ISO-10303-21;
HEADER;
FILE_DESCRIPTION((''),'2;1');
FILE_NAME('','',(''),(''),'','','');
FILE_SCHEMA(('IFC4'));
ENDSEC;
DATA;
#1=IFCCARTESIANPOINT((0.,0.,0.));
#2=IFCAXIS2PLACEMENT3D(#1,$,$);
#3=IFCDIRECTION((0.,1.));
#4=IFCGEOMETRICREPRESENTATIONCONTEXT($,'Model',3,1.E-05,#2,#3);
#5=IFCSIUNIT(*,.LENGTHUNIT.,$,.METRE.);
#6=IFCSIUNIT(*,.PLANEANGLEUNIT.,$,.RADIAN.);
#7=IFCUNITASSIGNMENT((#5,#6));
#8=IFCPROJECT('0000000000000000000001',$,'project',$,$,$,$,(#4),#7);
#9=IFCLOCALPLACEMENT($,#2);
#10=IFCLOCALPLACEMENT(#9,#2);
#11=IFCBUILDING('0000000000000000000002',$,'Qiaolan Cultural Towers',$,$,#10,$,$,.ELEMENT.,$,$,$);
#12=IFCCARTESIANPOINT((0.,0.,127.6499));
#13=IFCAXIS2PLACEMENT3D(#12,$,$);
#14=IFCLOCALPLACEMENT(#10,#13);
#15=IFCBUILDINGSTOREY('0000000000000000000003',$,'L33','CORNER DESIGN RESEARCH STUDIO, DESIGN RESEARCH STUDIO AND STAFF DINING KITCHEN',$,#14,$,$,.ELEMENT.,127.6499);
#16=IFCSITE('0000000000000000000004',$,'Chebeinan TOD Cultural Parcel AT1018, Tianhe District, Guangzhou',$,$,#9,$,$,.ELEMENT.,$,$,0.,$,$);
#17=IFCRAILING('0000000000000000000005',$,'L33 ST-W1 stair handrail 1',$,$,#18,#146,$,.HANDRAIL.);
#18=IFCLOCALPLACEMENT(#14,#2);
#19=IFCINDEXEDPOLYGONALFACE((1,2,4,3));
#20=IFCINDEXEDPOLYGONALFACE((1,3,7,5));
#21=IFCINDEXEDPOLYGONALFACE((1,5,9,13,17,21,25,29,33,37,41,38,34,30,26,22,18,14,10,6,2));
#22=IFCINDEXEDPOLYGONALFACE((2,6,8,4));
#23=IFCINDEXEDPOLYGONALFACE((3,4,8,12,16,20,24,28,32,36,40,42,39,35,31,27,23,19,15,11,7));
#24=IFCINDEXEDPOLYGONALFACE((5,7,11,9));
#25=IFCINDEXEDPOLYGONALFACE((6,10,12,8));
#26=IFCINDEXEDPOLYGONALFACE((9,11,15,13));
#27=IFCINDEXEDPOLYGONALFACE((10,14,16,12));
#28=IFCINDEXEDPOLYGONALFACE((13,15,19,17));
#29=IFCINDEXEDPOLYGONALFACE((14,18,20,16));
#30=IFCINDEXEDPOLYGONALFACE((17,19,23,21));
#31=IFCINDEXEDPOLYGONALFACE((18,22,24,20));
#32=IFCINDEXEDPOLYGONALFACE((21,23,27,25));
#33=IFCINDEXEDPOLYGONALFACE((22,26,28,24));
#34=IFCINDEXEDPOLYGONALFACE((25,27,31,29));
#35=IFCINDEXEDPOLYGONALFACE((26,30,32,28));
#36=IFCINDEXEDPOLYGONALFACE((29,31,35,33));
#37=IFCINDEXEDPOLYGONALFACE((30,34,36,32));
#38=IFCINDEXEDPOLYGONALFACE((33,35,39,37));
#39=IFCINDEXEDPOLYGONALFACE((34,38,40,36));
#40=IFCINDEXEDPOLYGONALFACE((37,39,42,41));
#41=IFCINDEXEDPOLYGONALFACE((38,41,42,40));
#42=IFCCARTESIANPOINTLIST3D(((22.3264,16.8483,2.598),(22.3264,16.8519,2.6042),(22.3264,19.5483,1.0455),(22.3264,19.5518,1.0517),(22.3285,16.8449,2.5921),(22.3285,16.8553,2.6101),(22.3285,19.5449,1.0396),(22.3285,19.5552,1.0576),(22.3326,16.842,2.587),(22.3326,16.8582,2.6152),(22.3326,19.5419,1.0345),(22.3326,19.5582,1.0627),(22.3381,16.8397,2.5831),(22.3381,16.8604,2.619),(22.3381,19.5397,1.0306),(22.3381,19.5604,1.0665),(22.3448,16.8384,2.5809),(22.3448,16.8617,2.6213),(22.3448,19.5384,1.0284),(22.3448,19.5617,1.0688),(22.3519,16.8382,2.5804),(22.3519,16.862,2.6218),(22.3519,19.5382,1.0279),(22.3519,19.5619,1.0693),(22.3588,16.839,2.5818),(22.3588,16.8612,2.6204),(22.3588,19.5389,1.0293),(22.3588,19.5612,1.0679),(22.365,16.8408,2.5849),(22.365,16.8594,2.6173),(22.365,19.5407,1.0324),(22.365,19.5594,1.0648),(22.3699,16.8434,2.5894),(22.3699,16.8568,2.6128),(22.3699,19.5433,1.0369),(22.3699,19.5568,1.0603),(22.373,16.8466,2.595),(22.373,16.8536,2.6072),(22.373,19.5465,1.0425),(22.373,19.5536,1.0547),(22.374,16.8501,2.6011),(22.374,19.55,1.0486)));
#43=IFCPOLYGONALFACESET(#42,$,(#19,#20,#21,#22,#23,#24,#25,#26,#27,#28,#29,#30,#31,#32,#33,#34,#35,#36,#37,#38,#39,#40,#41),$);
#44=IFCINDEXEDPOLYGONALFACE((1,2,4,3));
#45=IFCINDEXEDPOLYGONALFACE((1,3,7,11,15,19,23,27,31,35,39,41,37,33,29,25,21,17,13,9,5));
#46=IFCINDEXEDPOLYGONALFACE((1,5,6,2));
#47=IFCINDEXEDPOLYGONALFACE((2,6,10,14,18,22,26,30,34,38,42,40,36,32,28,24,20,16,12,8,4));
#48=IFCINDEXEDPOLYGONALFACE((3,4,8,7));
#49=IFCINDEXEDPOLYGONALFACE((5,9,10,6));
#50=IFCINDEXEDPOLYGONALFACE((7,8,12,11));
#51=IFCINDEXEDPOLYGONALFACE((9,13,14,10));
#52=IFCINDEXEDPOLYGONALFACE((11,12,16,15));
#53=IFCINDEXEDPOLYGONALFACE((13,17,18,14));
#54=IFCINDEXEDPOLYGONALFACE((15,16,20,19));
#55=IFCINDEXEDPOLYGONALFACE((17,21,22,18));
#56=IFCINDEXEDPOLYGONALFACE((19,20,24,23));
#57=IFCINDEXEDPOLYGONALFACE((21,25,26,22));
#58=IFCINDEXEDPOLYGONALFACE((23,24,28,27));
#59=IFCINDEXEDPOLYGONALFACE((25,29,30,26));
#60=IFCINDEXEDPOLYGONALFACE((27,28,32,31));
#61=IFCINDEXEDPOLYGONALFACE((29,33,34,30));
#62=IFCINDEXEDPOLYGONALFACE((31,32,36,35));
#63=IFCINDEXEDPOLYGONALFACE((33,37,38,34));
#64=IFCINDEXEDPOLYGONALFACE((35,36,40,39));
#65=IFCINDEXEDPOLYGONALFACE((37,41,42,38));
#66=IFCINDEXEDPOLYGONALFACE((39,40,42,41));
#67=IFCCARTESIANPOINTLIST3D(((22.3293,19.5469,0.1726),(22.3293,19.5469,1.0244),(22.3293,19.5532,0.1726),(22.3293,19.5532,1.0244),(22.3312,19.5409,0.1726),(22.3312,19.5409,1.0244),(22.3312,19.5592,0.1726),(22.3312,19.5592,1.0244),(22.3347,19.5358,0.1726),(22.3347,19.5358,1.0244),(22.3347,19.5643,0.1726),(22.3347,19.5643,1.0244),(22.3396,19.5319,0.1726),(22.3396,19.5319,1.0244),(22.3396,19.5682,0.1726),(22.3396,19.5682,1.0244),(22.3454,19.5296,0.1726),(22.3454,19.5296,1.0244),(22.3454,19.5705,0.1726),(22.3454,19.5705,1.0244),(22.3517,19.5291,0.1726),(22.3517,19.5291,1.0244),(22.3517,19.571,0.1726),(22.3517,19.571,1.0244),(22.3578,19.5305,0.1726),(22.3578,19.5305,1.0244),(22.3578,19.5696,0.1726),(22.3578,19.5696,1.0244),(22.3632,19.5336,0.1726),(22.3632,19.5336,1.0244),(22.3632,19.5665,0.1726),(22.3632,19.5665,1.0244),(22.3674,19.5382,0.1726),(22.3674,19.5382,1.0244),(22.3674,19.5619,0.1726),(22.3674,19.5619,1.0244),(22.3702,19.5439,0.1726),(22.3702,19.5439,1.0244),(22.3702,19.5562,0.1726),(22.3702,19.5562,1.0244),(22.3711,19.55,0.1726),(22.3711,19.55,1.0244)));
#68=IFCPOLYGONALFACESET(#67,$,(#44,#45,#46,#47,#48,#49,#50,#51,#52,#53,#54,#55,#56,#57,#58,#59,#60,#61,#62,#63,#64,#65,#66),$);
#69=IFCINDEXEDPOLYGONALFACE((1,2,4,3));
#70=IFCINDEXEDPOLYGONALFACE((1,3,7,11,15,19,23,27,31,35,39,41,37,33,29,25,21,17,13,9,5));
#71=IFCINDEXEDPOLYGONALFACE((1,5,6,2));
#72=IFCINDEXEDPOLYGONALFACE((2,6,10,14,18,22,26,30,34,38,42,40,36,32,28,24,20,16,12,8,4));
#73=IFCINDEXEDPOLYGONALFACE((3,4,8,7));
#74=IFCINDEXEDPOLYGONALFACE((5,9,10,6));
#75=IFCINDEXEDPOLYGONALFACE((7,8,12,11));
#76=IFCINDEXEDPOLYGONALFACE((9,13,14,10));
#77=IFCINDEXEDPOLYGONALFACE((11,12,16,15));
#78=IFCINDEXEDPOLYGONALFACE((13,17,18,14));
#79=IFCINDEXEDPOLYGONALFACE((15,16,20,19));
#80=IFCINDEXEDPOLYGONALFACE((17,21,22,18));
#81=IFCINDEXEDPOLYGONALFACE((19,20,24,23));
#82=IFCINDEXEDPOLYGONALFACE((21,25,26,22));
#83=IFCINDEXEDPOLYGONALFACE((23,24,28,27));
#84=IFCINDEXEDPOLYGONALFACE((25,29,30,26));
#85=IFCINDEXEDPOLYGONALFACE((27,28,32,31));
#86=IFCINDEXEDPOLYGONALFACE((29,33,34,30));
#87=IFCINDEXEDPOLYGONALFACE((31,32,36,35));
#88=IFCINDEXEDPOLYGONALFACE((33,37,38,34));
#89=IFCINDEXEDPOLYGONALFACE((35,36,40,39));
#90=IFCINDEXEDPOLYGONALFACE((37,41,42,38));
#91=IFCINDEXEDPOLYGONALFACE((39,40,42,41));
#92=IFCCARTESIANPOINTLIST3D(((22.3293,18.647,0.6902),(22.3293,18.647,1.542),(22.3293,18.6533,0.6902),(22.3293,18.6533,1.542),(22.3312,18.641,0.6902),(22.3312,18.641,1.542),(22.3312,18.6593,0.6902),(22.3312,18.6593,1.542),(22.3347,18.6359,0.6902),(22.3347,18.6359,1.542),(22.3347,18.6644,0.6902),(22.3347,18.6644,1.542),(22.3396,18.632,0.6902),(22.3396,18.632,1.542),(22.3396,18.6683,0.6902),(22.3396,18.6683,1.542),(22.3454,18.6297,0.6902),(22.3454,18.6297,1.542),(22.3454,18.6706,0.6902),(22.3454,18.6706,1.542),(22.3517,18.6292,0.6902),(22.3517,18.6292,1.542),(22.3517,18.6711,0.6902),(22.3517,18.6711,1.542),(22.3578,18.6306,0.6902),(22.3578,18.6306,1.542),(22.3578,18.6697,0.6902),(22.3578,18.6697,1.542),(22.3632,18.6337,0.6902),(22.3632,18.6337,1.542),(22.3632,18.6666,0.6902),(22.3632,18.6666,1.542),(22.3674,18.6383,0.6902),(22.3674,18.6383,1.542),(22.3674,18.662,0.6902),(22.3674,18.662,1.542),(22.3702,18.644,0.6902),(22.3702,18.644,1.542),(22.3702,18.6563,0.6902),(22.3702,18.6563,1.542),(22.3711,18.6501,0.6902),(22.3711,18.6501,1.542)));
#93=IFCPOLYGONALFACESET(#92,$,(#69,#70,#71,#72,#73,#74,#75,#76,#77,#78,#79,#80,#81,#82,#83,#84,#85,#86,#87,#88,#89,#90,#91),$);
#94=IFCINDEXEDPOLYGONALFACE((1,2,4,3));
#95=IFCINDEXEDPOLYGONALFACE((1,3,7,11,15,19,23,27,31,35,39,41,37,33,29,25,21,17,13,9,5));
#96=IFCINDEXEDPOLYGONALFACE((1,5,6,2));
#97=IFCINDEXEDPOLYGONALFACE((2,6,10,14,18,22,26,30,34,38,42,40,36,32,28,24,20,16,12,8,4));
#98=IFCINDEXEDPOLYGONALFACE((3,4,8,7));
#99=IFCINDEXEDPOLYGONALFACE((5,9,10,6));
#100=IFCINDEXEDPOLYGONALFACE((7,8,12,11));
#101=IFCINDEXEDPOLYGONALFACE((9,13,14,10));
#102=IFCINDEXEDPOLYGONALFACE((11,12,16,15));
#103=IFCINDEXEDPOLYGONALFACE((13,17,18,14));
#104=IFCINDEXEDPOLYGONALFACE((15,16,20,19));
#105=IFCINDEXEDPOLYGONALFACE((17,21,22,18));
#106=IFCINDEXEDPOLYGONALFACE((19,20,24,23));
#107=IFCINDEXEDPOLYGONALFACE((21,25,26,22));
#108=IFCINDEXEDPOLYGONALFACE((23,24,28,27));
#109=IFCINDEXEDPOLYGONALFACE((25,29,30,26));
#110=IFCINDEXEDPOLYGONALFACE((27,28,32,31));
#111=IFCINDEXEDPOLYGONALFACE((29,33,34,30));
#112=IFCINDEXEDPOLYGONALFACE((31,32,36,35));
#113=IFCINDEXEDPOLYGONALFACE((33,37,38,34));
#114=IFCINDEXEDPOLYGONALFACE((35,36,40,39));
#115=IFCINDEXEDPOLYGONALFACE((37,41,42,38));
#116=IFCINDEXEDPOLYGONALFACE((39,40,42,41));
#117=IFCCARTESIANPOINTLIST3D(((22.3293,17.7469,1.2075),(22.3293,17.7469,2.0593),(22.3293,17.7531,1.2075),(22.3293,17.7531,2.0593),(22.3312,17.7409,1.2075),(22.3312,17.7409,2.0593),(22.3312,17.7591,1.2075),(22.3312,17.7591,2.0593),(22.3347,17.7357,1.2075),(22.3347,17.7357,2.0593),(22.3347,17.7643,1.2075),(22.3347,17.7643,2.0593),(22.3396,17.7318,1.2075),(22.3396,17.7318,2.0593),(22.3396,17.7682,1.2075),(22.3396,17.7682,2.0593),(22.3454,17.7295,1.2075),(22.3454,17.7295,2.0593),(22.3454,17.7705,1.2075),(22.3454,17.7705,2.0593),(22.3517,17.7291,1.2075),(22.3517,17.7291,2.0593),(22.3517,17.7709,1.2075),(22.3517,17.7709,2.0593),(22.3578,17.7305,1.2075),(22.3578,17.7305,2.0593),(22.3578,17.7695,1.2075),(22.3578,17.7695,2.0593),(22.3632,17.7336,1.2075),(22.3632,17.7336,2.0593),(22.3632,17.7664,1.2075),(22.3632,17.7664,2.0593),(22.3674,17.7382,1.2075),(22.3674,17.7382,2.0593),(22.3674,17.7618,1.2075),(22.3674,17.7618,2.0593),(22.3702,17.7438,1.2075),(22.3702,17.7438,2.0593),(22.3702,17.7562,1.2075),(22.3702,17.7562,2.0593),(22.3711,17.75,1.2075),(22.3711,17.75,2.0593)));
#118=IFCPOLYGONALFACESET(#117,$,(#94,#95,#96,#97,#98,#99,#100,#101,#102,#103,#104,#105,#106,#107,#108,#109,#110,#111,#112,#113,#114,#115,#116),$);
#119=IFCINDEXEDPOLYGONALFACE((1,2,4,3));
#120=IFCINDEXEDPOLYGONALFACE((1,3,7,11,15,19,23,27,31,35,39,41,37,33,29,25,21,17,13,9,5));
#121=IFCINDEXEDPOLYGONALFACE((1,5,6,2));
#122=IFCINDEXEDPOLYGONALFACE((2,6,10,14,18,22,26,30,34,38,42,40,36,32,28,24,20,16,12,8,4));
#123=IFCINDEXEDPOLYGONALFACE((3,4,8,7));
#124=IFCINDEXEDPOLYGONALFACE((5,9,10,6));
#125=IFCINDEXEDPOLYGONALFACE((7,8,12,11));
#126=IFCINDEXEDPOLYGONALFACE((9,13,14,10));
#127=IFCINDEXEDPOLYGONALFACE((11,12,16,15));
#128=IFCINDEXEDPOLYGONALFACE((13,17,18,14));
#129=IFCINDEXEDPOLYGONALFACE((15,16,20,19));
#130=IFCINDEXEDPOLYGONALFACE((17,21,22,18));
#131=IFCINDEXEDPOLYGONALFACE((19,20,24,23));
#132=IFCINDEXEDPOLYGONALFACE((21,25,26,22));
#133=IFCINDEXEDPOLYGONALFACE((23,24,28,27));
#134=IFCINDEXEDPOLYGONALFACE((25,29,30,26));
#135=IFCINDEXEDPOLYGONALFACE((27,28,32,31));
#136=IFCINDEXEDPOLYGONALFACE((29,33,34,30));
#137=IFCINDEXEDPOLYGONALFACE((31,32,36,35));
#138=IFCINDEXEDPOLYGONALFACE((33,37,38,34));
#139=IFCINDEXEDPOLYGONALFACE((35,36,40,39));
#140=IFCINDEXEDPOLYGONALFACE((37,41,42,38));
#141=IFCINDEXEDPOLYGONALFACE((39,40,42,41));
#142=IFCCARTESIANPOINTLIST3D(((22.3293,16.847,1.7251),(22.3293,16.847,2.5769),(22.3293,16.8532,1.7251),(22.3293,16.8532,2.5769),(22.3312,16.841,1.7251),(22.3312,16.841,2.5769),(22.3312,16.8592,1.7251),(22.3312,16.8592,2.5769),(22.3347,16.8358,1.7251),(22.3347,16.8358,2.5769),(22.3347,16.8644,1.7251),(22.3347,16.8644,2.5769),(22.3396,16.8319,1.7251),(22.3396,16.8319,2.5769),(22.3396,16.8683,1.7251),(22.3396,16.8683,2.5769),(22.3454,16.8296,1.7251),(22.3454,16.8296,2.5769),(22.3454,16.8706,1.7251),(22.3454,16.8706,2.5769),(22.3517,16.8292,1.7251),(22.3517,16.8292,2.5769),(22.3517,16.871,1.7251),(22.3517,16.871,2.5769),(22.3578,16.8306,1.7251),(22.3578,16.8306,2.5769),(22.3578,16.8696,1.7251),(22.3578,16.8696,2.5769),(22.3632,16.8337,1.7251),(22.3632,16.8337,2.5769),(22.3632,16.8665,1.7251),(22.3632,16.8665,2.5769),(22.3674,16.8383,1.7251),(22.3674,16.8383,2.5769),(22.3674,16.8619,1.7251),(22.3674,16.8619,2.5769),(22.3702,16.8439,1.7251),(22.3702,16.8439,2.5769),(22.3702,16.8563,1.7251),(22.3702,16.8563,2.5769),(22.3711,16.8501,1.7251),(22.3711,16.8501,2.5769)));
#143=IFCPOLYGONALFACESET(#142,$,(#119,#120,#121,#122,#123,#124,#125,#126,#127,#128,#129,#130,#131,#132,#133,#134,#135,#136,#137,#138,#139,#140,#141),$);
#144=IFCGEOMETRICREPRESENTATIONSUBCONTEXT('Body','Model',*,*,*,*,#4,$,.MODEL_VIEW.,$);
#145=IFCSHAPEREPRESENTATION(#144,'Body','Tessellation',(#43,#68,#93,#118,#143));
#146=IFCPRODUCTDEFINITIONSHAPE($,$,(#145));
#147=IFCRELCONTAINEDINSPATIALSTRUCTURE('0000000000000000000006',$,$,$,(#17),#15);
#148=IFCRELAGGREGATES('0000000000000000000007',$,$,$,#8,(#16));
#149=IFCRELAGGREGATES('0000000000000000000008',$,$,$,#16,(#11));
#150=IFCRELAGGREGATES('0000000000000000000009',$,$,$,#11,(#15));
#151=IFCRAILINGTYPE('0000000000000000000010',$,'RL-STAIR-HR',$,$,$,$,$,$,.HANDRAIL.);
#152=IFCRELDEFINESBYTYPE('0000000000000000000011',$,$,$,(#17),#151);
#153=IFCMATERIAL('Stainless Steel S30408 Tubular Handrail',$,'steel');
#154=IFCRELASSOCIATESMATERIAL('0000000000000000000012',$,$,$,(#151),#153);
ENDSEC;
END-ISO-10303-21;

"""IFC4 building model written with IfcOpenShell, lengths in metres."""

from ifc_helpers import new_model, si_unit, direction, frame, origin, origin_2d, place, context, subcontext, project, spatial, circle, extrude, material, type_object, element, save


model = new_model("IFC4")

# Units and contexts
model_context = context("Model", 3, precision=1e-05, world=origin(), true_north=direction((0.0, 1.0)))
body_context = subcontext(model_context, "Body", "Model", "MODEL_VIEW")
ifc_project = project(units=[si_unit("LENGTHUNIT", "METRE"), si_unit("PLANEANGLEUNIT", "RADIAN")], contexts=[model_context])

# Site, building, storey
site_placement = place(None, origin())
site = spatial("IfcSite", under=ifc_project, at=site_placement, Name="Chebeinan TOD Cultural Parcel AT1018, Tianhe District, Guangzhou", CompositionType="ELEMENT", RefElevation=0.0)
building_placement = place(site_placement, origin())
building = spatial("IfcBuilding", under=site, at=building_placement, Name="Qiaolan Cultural Towers", CompositionType="ELEMENT")
storey_placement = place(building_placement, frame((0.0, 0.0, 127.6499)))
storey = spatial("IfcBuildingStorey", under=building, at=storey_placement, Name="L33", Description="CORNER DESIGN RESEARCH STUDIO, DESIGN RESEARCH STUDIO AND STAFF DINING KITCHEN", CompositionType="ELEMENT", Elevation=127.6499)

# Railing
ifc_material_1 = material(Name="Stainless Steel S30408 Tubular Handrail", Category="steel")
railing_type_1 = type_object("IfcRailingType", Name="RL-STAIR-HR", PredefinedType="HANDRAIL", material=ifc_material_1)
railing_1_placement = place(storey_placement, frame((22.3501, 19.55, 0.1726)))
element("IfcRailing", 1, at=railing_1_placement, inside=storey, type_object=railing_type_1, Name="L33 ST-W1 stair handrail 1", PredefinedType="HANDRAIL", context=body_context, shape_type="SweptSolid", body=[
    extrude(circle(Radius=0.0239, at=origin_2d()), frame((0.0, 0.0, 0.876), z_axis=(0.0, -0.866904, 0.498476), x_axis=(1.0, 0.0, 0.0)), (0.0, 0.0, 1.0), 3.1145),
    extrude(circle(Radius=0.021, at=origin_2d()), origin(), (0.0, 0.0, 1.0), 0.8518),
    extrude(circle(Radius=0.021, at=origin_2d()), frame((0.0, -0.8999, 0.5176)), (0.0, 0.0, 1.0), 0.8518),
    extrude(circle(Radius=0.021, at=origin_2d()), frame((0.0, -1.8, 1.0349)), (0.0, 0.0, 1.0), 0.8518),
    extrude(circle(Radius=0.021, at=origin_2d()), frame((0.0, -2.7, 1.5525)), (0.0, 0.0, 1.0), 0.8518),
])

save(model, "model.ifc")
